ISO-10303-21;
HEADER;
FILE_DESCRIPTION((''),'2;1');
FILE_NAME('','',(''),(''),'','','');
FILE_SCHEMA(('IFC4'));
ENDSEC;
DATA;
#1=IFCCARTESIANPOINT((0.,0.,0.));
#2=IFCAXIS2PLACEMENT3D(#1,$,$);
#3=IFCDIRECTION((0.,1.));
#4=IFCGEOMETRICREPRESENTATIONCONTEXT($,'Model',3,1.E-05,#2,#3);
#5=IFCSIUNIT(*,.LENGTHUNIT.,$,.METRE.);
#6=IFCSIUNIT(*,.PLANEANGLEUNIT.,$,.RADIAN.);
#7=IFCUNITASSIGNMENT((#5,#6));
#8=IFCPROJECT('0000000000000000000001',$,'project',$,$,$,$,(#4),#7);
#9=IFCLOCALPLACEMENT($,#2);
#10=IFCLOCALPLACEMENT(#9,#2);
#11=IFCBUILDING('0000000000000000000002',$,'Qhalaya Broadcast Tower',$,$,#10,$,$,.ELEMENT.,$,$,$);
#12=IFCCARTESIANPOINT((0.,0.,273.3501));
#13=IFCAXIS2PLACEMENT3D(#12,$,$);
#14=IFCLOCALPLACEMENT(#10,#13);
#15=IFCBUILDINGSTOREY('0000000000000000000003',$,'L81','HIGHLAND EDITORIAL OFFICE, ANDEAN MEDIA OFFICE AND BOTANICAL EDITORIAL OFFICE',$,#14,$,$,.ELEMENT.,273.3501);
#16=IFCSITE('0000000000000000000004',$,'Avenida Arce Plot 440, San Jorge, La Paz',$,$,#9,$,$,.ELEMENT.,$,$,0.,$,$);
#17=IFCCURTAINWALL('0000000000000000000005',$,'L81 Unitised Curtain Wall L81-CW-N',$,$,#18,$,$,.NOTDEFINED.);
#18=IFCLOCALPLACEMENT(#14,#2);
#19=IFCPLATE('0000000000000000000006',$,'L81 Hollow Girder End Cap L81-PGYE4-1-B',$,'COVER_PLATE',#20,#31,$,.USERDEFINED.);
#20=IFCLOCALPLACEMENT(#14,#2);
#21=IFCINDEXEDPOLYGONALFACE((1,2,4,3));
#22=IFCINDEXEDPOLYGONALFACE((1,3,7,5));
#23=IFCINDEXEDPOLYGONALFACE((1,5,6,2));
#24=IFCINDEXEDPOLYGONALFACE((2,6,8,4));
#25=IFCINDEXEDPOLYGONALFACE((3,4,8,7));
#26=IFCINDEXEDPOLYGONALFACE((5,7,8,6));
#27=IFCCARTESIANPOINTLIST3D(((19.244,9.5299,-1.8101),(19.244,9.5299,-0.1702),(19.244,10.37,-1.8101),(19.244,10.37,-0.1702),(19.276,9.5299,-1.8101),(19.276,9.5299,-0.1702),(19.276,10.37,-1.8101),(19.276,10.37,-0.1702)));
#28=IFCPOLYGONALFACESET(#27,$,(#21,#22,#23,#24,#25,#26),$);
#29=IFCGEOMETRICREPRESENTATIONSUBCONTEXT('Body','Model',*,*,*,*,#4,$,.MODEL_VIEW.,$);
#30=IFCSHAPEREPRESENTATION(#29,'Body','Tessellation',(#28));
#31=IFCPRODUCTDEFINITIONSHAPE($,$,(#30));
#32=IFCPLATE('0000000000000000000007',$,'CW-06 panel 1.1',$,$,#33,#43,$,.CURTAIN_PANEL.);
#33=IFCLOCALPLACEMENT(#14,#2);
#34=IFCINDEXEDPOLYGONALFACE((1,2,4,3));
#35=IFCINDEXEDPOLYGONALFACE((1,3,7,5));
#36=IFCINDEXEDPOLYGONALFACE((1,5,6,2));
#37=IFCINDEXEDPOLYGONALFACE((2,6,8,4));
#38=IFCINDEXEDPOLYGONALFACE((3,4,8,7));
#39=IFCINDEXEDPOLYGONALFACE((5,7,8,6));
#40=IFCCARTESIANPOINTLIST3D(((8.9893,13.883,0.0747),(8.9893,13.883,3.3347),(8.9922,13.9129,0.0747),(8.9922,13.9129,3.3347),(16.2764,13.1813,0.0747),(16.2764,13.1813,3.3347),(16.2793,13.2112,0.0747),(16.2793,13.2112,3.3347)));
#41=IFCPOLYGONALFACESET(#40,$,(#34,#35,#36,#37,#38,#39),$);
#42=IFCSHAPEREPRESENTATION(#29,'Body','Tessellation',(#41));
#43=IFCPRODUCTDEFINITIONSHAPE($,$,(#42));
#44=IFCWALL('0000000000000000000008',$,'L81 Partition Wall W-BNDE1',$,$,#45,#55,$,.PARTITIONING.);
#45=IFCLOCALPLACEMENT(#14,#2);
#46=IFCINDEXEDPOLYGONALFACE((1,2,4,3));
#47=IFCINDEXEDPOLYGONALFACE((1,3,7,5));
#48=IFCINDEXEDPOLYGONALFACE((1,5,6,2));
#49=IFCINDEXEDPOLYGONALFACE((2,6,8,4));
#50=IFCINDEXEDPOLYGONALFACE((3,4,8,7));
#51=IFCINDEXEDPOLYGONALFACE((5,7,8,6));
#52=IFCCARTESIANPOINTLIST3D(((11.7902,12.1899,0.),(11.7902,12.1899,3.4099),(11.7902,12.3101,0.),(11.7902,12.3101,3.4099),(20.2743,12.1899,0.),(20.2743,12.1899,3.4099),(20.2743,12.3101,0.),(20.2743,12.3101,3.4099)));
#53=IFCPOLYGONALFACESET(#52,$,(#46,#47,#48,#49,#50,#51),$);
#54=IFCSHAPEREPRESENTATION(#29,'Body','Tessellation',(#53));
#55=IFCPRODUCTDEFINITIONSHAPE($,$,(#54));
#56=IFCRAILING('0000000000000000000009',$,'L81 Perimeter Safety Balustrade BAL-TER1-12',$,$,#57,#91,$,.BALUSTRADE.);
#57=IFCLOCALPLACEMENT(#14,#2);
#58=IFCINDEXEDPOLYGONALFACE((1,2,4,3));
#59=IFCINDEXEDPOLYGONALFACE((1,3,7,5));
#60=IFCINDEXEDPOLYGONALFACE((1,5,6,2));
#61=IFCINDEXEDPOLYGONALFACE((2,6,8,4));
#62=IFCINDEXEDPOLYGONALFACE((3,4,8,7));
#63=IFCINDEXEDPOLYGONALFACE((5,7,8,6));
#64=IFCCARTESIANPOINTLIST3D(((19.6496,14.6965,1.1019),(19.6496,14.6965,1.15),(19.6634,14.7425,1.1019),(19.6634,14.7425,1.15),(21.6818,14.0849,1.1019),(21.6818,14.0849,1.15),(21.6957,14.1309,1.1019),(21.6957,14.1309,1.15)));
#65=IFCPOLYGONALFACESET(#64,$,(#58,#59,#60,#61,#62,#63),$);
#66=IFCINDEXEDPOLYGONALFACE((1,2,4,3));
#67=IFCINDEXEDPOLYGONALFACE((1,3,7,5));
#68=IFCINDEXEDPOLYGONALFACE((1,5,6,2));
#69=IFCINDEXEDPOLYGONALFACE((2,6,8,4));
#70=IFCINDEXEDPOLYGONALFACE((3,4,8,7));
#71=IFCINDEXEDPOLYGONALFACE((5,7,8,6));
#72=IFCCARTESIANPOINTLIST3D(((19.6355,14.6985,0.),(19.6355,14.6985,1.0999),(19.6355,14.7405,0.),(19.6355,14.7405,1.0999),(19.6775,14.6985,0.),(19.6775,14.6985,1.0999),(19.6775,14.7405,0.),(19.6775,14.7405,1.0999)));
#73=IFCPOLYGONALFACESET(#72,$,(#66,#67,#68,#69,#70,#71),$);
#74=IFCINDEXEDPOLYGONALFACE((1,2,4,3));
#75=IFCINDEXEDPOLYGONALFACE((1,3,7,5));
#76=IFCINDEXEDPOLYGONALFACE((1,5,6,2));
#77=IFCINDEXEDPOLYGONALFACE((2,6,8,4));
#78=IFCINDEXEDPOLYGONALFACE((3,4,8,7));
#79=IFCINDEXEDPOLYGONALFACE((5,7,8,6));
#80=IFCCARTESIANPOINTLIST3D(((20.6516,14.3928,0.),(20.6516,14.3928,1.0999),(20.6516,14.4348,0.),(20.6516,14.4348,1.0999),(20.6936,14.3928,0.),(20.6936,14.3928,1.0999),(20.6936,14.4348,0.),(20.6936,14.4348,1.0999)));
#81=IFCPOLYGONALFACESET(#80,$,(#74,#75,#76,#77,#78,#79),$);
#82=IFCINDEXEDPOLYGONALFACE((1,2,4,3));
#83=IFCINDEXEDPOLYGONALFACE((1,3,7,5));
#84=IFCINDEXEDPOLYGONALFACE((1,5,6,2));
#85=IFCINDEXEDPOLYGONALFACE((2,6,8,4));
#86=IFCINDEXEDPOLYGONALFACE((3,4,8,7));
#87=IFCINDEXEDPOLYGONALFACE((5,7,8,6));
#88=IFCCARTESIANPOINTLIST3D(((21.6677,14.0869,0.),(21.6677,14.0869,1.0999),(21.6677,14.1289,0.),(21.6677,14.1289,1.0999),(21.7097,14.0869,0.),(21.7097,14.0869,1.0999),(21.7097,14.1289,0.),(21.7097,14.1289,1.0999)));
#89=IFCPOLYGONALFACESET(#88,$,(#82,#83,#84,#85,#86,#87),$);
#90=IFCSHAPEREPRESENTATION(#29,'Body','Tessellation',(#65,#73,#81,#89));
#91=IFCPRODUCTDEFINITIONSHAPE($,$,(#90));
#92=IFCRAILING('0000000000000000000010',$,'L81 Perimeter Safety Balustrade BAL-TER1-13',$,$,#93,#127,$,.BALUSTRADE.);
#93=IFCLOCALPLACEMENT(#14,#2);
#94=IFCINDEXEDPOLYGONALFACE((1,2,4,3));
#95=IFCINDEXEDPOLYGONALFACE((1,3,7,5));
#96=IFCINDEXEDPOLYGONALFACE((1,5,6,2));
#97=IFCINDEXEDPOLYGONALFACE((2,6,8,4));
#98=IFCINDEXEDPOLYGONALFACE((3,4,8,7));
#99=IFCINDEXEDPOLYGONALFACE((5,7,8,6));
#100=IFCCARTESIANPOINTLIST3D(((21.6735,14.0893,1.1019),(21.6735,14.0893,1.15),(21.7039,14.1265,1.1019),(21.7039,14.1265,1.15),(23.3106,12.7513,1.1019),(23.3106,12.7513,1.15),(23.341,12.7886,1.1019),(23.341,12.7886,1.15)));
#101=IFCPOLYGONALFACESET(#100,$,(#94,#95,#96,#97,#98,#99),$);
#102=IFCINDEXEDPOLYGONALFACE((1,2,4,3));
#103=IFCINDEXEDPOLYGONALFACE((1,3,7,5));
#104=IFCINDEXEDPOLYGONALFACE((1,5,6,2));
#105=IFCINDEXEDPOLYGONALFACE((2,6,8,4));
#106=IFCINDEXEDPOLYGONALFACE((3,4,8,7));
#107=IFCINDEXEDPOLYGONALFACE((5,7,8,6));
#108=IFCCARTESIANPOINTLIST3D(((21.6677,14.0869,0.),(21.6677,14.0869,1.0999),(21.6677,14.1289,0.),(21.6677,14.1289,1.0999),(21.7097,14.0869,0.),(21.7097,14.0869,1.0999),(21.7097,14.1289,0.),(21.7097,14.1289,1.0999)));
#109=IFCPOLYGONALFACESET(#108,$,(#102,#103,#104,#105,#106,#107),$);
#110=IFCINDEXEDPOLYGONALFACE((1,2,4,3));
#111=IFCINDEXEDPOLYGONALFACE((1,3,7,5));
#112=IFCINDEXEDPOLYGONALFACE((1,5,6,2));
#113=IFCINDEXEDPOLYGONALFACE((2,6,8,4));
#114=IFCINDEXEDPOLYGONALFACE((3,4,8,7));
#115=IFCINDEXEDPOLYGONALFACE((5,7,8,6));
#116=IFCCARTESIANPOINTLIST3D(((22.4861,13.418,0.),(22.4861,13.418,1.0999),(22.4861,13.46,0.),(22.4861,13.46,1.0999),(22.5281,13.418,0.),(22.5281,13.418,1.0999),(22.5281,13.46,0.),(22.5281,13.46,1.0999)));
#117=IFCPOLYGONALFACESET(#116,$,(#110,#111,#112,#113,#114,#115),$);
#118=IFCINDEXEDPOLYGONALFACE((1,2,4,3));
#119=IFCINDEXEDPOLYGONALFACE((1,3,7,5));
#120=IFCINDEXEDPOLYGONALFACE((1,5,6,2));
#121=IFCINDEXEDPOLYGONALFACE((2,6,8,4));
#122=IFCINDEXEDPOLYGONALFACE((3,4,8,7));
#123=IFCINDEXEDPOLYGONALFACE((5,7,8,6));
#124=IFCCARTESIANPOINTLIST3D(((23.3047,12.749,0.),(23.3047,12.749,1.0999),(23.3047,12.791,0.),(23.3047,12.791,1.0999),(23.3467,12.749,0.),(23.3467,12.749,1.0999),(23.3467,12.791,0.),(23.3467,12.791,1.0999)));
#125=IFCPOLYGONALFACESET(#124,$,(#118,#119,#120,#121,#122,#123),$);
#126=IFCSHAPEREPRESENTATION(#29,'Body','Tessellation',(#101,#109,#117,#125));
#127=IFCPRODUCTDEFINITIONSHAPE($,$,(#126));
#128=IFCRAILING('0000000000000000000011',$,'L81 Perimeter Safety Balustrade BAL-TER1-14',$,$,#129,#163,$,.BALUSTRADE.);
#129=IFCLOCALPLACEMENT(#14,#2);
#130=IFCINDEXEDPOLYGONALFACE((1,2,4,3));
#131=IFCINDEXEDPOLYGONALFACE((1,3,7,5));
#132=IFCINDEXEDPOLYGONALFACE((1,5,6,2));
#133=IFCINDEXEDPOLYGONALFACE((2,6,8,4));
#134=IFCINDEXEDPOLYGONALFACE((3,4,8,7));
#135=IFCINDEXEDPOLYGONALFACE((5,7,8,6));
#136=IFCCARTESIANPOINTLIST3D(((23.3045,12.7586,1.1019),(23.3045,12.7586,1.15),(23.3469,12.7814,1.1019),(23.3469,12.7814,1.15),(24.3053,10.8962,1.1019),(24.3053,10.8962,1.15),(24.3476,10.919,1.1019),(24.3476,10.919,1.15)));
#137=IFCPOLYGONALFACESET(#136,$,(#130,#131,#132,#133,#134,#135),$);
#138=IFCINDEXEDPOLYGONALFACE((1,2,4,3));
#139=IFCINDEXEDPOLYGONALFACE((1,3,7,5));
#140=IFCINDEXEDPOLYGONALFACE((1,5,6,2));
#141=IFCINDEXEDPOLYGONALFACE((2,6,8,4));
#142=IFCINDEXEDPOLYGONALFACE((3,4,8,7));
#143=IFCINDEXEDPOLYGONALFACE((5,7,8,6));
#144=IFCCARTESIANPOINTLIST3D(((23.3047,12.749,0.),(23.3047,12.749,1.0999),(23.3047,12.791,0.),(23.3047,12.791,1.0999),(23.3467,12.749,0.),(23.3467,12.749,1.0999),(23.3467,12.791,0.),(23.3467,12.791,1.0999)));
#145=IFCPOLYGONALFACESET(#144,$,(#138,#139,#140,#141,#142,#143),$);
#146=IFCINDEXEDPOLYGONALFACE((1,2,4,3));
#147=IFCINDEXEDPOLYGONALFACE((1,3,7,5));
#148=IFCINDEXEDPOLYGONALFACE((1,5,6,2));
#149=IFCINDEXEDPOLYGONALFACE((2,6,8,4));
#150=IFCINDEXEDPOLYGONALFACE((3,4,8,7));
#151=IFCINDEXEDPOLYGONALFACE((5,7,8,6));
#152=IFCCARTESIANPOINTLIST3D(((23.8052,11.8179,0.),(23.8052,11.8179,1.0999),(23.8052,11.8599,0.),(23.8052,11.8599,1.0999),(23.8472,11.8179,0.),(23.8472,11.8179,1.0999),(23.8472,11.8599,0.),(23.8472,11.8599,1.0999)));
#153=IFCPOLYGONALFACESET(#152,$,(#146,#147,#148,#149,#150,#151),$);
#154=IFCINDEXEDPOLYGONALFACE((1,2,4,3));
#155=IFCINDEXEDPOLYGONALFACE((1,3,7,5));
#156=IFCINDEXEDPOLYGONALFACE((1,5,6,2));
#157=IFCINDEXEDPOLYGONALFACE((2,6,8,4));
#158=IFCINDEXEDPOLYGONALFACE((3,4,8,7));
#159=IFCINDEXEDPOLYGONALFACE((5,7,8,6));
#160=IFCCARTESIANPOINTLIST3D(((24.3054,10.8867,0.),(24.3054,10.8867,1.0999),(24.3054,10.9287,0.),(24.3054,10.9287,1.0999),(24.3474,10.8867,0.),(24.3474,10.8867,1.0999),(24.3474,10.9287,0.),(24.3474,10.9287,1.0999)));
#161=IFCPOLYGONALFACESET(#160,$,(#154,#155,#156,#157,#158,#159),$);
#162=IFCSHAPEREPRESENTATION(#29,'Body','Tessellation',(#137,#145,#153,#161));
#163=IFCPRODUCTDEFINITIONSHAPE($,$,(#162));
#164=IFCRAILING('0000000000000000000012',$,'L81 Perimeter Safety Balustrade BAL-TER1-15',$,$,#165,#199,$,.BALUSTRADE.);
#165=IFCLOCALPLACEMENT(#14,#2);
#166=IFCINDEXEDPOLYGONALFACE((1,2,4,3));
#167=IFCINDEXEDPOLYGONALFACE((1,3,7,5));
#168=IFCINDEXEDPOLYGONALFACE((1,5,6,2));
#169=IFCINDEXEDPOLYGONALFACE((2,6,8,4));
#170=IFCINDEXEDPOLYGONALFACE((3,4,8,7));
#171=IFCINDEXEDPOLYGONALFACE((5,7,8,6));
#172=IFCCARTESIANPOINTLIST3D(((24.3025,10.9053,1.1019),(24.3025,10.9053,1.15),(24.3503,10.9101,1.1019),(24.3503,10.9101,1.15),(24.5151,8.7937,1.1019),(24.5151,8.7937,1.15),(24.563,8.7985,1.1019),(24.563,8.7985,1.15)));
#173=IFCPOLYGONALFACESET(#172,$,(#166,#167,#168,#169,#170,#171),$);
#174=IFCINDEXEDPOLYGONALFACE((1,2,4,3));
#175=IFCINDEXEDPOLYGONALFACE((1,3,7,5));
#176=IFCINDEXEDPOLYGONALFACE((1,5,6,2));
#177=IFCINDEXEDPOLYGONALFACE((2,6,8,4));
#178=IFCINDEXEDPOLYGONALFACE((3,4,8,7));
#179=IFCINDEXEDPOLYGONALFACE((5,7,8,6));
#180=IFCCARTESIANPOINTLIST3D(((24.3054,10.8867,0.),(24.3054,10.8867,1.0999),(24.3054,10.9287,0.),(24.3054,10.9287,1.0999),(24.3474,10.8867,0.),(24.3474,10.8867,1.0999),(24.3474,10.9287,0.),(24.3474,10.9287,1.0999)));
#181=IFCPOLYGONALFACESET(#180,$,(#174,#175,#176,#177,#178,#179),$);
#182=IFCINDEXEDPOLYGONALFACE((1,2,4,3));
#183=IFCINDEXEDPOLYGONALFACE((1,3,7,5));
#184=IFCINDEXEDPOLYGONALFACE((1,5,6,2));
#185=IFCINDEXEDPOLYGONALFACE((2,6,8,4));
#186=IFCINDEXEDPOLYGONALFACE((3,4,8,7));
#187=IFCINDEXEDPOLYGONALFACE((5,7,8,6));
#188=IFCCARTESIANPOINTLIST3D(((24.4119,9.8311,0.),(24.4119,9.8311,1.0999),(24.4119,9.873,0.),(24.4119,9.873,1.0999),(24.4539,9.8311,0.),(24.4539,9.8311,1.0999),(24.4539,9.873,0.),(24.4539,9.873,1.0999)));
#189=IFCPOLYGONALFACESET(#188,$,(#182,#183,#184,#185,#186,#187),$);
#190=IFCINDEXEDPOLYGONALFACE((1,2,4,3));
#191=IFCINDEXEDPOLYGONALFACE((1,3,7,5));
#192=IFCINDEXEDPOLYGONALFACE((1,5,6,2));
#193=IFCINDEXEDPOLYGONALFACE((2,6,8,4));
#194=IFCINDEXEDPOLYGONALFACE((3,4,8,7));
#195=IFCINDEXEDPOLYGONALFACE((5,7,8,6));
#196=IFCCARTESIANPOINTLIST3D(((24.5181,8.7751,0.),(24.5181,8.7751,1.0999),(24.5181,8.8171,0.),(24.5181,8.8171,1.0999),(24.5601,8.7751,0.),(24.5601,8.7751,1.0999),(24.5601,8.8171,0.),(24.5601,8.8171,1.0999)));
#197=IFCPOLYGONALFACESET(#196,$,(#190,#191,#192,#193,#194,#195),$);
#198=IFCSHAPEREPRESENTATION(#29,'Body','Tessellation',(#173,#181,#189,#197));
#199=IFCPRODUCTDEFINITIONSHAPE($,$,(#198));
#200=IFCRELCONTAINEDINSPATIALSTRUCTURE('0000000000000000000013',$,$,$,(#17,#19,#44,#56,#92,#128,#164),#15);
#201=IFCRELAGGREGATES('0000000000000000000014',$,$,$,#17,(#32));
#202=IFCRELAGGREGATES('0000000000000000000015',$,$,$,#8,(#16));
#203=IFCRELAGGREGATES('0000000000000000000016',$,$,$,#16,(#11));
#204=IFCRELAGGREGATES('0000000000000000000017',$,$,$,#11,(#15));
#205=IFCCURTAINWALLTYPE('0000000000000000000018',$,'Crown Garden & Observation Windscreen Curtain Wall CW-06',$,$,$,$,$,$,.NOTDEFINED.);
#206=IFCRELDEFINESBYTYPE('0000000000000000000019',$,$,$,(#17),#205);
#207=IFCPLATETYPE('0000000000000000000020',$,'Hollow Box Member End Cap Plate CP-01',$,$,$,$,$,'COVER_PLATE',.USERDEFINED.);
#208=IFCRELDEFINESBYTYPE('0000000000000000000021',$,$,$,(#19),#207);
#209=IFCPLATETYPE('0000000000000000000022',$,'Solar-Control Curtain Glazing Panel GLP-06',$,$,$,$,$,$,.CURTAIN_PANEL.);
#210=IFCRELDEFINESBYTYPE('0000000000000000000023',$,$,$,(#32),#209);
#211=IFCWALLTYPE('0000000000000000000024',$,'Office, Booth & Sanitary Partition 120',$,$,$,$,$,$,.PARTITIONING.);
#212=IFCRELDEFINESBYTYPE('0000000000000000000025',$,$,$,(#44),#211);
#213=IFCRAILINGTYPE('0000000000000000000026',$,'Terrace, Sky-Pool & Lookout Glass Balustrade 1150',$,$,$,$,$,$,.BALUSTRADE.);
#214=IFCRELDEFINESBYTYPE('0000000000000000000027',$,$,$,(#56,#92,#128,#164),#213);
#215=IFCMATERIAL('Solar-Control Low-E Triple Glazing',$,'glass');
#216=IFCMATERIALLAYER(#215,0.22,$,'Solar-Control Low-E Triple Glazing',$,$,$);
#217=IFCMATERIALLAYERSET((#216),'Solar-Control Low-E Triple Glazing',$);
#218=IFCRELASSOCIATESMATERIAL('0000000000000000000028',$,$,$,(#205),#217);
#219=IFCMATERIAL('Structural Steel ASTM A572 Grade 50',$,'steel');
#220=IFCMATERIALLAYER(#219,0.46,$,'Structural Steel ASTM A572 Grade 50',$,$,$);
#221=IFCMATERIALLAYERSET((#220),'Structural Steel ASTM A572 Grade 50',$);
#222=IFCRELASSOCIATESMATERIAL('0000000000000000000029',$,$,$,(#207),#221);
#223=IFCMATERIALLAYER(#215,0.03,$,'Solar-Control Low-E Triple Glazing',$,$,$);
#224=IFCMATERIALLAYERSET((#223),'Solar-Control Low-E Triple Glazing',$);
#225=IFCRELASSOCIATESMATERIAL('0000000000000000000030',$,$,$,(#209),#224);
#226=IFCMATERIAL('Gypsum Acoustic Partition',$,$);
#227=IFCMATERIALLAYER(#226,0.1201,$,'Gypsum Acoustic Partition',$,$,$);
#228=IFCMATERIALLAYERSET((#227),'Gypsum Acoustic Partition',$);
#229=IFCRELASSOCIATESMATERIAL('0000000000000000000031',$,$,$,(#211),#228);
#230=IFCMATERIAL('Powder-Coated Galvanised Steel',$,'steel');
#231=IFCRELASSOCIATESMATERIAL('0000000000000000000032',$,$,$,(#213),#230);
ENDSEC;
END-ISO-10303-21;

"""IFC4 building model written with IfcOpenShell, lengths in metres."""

from ifc_helpers import new_model, si_unit, direction, frame, frame_2d, origin, origin_2d, place, context, subcontext, project, spatial, rectangle, extrude, material, layer, layer_set, type_object, element, aggregate, save


model = new_model("IFC4")

# Units and contexts
model_context = context("Model", 3, precision=1e-05, world=origin(), true_north=direction((0.0, 1.0)))
body_context = subcontext(model_context, "Body", "Model", "MODEL_VIEW")
ifc_project = project(units=[si_unit("LENGTHUNIT", "METRE"), si_unit("PLANEANGLEUNIT", "RADIAN")], contexts=[model_context])

# Site, building, storey
site_placement = place(None, origin())
site = spatial("IfcSite", under=ifc_project, at=site_placement, Name="Avenida Arce Plot 440, San Jorge, La Paz", CompositionType="ELEMENT", RefElevation=0.0)
building_placement = place(site_placement, origin())
building = spatial("IfcBuilding", under=site, at=building_placement, Name="Qhalaya Broadcast Tower", CompositionType="ELEMENT")
storey_placement = place(building_placement, frame((0.0, 0.0, 273.3501)))
storey = spatial("IfcBuildingStorey", under=building, at=storey_placement, Name="L81", Description="HIGHLAND EDITORIAL OFFICE, ANDEAN MEDIA OFFICE AND BOTANICAL EDITORIAL OFFICE", CompositionType="ELEMENT", Elevation=273.3501)

# Shared definitions
ifc_material_1 = material(Name="Structural Steel ASTM A572 Grade 50", Category="steel")

# Curtain wall
ifc_material_2 = material(Name="Solar-Control Low-E Triple Glazing", Category="glass")
ifc_layer_1 = layer(ifc_material_2, 0.22, Name="Solar-Control Low-E Triple Glazing")
ifc_layer_set_1 = layer_set([ifc_layer_1], Name="Solar-Control Low-E Triple Glazing")
curtain_wall_type = type_object("IfcCurtainWallType", Name="Crown Garden & Observation Windscreen Curtain Wall CW-06", PredefinedType="NOTDEFINED", material=ifc_layer_set_1)
curtain_wall_placement = place(storey_placement, origin())
curtain_wall = element("IfcCurtainWall", 1, at=curtain_wall_placement, inside=storey, type_object=curtain_wall_type, Name="L81 Unitised Curtain Wall L81-CW-N", PredefinedType="NOTDEFINED")

# Plate
ifc_layer_2 = layer(ifc_material_1, 0.46, Name="Structural Steel ASTM A572 Grade 50")
ifc_layer_set_2 = layer_set([ifc_layer_2], Name="Structural Steel ASTM A572 Grade 50")
plate_type_1 = type_object("IfcPlateType", Name="Hollow Box Member End Cap Plate CP-01", ElementType="COVER_PLATE", PredefinedType="USERDEFINED", material=ifc_layer_set_2)
for number, where, z_axis, x_axis, name in (
    (2, (19.26, 9.95, -1.8101), (0.0, 0.0, 1.0), (0.0, 1.0, 0.0), "L81 Hollow Girder End Cap L81-PGYE4-1-B"),
):
    element("IfcPlate", number, at=place(storey_placement, frame(where, z_axis=z_axis, x_axis=x_axis)), inside=storey, type_object=plate_type_1, Name=name, ObjectType="COVER_PLATE", PredefinedType="USERDEFINED", context=body_context, shape_type="SweptSolid", body=[
        extrude(rectangle(XDim=0.8401, YDim=0.032, at=origin_2d()), origin(), (0.0, 0.0, 1.0), 1.6399),
    ])

# Plate
ifc_layer_3 = layer(ifc_material_2, 0.03, Name="Solar-Control Low-E Triple Glazing")
ifc_layer_set_3 = layer_set([ifc_layer_3], Name="Solar-Control Low-E Triple Glazing")
plate_type_2 = type_object("IfcPlateType", Name="Solar-Control Curtain Glazing Panel GLP-06", PredefinedType="CURTAIN_PANEL", material=ifc_layer_set_3)
plate_placement = place(storey_placement, frame((12.6343, 13.5471, 0.0747), z_axis=(0.0, 0.0, 1.0), x_axis=(-0.995396, 0.095848, 0.0)))
plate = element("IfcPlate", 3, at=plate_placement, type_object=plate_type_2, Name="CW-06 panel 1.1", PredefinedType="CURTAIN_PANEL", context=body_context, shape_type="SweptSolid", body=[
    extrude(rectangle(XDim=7.3208, YDim=0.03, at=origin_2d()), origin(), (0.0, 0.0, 1.0), 3.26),
])
aggregate(curtain_wall, [plate])

# Wall
ifc_material_3 = material(Name="Gypsum Acoustic Partition")
ifc_layer_4 = layer(ifc_material_3, 0.1201, Name="Gypsum Acoustic Partition")
ifc_layer_set_4 = layer_set([ifc_layer_4], Name="Gypsum Acoustic Partition")
wall_type = type_object("IfcWallType", Name="Office, Booth & Sanitary Partition 120", PredefinedType="PARTITIONING", material=ifc_layer_set_4)
wall_placement = place(storey_placement, frame((11.79, 12.25, 0.0), z_axis=(0.0, 0.0, 1.0), x_axis=(1.0, 0.0, 0.0)))
element("IfcWall", 4, at=wall_placement, inside=storey, type_object=wall_type, Name="L81 Partition Wall W-BNDE1", PredefinedType="PARTITIONING", context=body_context, shape_type="SweptSolid", body=[
    extrude(rectangle(XDim=8.4841, YDim=0.1201, at=frame_2d((4.2422, 0.0))), origin(), (0.0, 0.0, 1.0), 3.4099),
])

# Railings
ifc_material_4 = material(Name="Powder-Coated Galvanised Steel", Category="steel")
railing_type = type_object("IfcRailingType", Name="Terrace, Sky-Pool & Lookout Glass Balustrade 1150", PredefinedType="BALUSTRADE", material=ifc_material_4)
railing_1_placement = place(storey_placement, frame((19.6565, 14.7195, 0.0)))
element("IfcRailing", 5, at=railing_1_placement, inside=storey, type_object=railing_type, Name="L81 Perimeter Safety Balustrade BAL-TER1-12", PredefinedType="BALUSTRADE", context=body_context, shape_type="SweptSolid", body=[
    extrude(rectangle(XDim=0.0481, YDim=0.0481, at=origin_2d()), frame((0.0, 0.0, 1.126), z_axis=(0.957579, -0.288171, 0.0), x_axis=(0.288171, 0.957579, 0.0)), (0.0, 0.0, 1.0), 2.1223),
    extrude(rectangle(XDim=0.042, YDim=0.042, at=origin_2d()), origin(), (0.0, 0.0, 1.0), 1.0999),
    extrude(rectangle(XDim=0.042, YDim=0.042, at=origin_2d()), frame((1.0161, -0.3057, 0.0)), (0.0, 0.0, 1.0), 1.0999),
    extrude(rectangle(XDim=0.042, YDim=0.042, at=origin_2d()), frame((2.0322, -0.6116, 0.0)), (0.0, 0.0, 1.0), 1.0999),
])
railing_2_placement = place(storey_placement, frame((21.6887, 14.1079, 0.0)))
element("IfcRailing", 6, at=railing_2_placement, inside=storey, type_object=railing_type, Name="L81 Perimeter Safety Balustrade BAL-TER1-13", PredefinedType="BALUSTRADE", context=body_context, shape_type="SweptSolid", body=[
    extrude(rectangle(XDim=0.0481, YDim=0.0481, at=origin_2d()), frame((0.0, 0.0, 1.126), z_axis=(0.774292, -0.632829, 0.0), x_axis=(0.632829, 0.774292, 0.0)), (0.0, 0.0, 1.0), 2.1143),
    extrude(rectangle(XDim=0.042, YDim=0.042, at=origin_2d()), origin(), (0.0, 0.0, 1.0), 1.0999),
    extrude(rectangle(XDim=0.042, YDim=0.042, at=origin_2d()), frame((0.8184, -0.6689, 0.0)), (0.0, 0.0, 1.0), 1.0999),
    extrude(rectangle(XDim=0.042, YDim=0.042, at=origin_2d()), frame((1.637, -1.3379, 0.0)), (0.0, 0.0, 1.0), 1.0999),
])
railing_3_placement = place(storey_placement, frame((23.3257, 12.77, 0.0)))
element("IfcRailing", 7, at=railing_3_placement, inside=storey, type_object=railing_type, Name="L81 Perimeter Safety Balustrade BAL-TER1-14", PredefinedType="BALUSTRADE", context=body_context, shape_type="SweptSolid", body=[
    extrude(rectangle(XDim=0.0481, YDim=0.0481, at=origin_2d()), frame((0.0, 0.0, 1.126), z_axis=(0.473349, -0.880875, 0.0), x_axis=(0.880875, 0.473349, 0.0)), (0.0, 0.0, 1.0), 2.1143),
    extrude(rectangle(XDim=0.042, YDim=0.042, at=origin_2d()), origin(), (0.0, 0.0, 1.0), 1.0999),
    extrude(rectangle(XDim=0.042, YDim=0.042, at=origin_2d()), frame((0.5005, -0.9312, 0.0)), (0.0, 0.0, 1.0), 1.0999),
    extrude(rectangle(XDim=0.042, YDim=0.042, at=origin_2d()), frame((1.0007, -1.8623, 0.0)), (0.0, 0.0, 1.0), 1.0999),
])
railing_4_placement = place(storey_placement, frame((24.3264, 10.9077, 0.0)))
element("IfcRailing", 8, at=railing_4_placement, inside=storey, type_object=railing_type, Name="L81 Perimeter Safety Balustrade BAL-TER1-15", PredefinedType="BALUSTRADE", context=body_context, shape_type="SweptSolid", body=[
    extrude(rectangle(XDim=0.0481, YDim=0.0481, at=origin_2d()), frame((0.0, 0.0, 1.126), z_axis=(0.100198, -0.994967, 0.0), x_axis=(0.994967, 0.100198, 0.0)), (0.0, 0.0, 1.0), 2.1223),
    extrude(rectangle(XDim=0.042, YDim=0.042, at=origin_2d()), origin(), (0.0, 0.0, 1.0), 1.0999),
    extrude(rectangle(XDim=0.042, YDim=0.042, at=origin_2d()), frame((0.1064, -1.0557, 0.0)), (0.0, 0.0, 1.0), 1.0999),
    extrude(rectangle(XDim=0.042, YDim=0.042, at=origin_2d()), frame((0.2126, -2.1116, 0.0)), (0.0, 0.0, 1.0), 1.0999),
])

save(model, "model.ifc")
